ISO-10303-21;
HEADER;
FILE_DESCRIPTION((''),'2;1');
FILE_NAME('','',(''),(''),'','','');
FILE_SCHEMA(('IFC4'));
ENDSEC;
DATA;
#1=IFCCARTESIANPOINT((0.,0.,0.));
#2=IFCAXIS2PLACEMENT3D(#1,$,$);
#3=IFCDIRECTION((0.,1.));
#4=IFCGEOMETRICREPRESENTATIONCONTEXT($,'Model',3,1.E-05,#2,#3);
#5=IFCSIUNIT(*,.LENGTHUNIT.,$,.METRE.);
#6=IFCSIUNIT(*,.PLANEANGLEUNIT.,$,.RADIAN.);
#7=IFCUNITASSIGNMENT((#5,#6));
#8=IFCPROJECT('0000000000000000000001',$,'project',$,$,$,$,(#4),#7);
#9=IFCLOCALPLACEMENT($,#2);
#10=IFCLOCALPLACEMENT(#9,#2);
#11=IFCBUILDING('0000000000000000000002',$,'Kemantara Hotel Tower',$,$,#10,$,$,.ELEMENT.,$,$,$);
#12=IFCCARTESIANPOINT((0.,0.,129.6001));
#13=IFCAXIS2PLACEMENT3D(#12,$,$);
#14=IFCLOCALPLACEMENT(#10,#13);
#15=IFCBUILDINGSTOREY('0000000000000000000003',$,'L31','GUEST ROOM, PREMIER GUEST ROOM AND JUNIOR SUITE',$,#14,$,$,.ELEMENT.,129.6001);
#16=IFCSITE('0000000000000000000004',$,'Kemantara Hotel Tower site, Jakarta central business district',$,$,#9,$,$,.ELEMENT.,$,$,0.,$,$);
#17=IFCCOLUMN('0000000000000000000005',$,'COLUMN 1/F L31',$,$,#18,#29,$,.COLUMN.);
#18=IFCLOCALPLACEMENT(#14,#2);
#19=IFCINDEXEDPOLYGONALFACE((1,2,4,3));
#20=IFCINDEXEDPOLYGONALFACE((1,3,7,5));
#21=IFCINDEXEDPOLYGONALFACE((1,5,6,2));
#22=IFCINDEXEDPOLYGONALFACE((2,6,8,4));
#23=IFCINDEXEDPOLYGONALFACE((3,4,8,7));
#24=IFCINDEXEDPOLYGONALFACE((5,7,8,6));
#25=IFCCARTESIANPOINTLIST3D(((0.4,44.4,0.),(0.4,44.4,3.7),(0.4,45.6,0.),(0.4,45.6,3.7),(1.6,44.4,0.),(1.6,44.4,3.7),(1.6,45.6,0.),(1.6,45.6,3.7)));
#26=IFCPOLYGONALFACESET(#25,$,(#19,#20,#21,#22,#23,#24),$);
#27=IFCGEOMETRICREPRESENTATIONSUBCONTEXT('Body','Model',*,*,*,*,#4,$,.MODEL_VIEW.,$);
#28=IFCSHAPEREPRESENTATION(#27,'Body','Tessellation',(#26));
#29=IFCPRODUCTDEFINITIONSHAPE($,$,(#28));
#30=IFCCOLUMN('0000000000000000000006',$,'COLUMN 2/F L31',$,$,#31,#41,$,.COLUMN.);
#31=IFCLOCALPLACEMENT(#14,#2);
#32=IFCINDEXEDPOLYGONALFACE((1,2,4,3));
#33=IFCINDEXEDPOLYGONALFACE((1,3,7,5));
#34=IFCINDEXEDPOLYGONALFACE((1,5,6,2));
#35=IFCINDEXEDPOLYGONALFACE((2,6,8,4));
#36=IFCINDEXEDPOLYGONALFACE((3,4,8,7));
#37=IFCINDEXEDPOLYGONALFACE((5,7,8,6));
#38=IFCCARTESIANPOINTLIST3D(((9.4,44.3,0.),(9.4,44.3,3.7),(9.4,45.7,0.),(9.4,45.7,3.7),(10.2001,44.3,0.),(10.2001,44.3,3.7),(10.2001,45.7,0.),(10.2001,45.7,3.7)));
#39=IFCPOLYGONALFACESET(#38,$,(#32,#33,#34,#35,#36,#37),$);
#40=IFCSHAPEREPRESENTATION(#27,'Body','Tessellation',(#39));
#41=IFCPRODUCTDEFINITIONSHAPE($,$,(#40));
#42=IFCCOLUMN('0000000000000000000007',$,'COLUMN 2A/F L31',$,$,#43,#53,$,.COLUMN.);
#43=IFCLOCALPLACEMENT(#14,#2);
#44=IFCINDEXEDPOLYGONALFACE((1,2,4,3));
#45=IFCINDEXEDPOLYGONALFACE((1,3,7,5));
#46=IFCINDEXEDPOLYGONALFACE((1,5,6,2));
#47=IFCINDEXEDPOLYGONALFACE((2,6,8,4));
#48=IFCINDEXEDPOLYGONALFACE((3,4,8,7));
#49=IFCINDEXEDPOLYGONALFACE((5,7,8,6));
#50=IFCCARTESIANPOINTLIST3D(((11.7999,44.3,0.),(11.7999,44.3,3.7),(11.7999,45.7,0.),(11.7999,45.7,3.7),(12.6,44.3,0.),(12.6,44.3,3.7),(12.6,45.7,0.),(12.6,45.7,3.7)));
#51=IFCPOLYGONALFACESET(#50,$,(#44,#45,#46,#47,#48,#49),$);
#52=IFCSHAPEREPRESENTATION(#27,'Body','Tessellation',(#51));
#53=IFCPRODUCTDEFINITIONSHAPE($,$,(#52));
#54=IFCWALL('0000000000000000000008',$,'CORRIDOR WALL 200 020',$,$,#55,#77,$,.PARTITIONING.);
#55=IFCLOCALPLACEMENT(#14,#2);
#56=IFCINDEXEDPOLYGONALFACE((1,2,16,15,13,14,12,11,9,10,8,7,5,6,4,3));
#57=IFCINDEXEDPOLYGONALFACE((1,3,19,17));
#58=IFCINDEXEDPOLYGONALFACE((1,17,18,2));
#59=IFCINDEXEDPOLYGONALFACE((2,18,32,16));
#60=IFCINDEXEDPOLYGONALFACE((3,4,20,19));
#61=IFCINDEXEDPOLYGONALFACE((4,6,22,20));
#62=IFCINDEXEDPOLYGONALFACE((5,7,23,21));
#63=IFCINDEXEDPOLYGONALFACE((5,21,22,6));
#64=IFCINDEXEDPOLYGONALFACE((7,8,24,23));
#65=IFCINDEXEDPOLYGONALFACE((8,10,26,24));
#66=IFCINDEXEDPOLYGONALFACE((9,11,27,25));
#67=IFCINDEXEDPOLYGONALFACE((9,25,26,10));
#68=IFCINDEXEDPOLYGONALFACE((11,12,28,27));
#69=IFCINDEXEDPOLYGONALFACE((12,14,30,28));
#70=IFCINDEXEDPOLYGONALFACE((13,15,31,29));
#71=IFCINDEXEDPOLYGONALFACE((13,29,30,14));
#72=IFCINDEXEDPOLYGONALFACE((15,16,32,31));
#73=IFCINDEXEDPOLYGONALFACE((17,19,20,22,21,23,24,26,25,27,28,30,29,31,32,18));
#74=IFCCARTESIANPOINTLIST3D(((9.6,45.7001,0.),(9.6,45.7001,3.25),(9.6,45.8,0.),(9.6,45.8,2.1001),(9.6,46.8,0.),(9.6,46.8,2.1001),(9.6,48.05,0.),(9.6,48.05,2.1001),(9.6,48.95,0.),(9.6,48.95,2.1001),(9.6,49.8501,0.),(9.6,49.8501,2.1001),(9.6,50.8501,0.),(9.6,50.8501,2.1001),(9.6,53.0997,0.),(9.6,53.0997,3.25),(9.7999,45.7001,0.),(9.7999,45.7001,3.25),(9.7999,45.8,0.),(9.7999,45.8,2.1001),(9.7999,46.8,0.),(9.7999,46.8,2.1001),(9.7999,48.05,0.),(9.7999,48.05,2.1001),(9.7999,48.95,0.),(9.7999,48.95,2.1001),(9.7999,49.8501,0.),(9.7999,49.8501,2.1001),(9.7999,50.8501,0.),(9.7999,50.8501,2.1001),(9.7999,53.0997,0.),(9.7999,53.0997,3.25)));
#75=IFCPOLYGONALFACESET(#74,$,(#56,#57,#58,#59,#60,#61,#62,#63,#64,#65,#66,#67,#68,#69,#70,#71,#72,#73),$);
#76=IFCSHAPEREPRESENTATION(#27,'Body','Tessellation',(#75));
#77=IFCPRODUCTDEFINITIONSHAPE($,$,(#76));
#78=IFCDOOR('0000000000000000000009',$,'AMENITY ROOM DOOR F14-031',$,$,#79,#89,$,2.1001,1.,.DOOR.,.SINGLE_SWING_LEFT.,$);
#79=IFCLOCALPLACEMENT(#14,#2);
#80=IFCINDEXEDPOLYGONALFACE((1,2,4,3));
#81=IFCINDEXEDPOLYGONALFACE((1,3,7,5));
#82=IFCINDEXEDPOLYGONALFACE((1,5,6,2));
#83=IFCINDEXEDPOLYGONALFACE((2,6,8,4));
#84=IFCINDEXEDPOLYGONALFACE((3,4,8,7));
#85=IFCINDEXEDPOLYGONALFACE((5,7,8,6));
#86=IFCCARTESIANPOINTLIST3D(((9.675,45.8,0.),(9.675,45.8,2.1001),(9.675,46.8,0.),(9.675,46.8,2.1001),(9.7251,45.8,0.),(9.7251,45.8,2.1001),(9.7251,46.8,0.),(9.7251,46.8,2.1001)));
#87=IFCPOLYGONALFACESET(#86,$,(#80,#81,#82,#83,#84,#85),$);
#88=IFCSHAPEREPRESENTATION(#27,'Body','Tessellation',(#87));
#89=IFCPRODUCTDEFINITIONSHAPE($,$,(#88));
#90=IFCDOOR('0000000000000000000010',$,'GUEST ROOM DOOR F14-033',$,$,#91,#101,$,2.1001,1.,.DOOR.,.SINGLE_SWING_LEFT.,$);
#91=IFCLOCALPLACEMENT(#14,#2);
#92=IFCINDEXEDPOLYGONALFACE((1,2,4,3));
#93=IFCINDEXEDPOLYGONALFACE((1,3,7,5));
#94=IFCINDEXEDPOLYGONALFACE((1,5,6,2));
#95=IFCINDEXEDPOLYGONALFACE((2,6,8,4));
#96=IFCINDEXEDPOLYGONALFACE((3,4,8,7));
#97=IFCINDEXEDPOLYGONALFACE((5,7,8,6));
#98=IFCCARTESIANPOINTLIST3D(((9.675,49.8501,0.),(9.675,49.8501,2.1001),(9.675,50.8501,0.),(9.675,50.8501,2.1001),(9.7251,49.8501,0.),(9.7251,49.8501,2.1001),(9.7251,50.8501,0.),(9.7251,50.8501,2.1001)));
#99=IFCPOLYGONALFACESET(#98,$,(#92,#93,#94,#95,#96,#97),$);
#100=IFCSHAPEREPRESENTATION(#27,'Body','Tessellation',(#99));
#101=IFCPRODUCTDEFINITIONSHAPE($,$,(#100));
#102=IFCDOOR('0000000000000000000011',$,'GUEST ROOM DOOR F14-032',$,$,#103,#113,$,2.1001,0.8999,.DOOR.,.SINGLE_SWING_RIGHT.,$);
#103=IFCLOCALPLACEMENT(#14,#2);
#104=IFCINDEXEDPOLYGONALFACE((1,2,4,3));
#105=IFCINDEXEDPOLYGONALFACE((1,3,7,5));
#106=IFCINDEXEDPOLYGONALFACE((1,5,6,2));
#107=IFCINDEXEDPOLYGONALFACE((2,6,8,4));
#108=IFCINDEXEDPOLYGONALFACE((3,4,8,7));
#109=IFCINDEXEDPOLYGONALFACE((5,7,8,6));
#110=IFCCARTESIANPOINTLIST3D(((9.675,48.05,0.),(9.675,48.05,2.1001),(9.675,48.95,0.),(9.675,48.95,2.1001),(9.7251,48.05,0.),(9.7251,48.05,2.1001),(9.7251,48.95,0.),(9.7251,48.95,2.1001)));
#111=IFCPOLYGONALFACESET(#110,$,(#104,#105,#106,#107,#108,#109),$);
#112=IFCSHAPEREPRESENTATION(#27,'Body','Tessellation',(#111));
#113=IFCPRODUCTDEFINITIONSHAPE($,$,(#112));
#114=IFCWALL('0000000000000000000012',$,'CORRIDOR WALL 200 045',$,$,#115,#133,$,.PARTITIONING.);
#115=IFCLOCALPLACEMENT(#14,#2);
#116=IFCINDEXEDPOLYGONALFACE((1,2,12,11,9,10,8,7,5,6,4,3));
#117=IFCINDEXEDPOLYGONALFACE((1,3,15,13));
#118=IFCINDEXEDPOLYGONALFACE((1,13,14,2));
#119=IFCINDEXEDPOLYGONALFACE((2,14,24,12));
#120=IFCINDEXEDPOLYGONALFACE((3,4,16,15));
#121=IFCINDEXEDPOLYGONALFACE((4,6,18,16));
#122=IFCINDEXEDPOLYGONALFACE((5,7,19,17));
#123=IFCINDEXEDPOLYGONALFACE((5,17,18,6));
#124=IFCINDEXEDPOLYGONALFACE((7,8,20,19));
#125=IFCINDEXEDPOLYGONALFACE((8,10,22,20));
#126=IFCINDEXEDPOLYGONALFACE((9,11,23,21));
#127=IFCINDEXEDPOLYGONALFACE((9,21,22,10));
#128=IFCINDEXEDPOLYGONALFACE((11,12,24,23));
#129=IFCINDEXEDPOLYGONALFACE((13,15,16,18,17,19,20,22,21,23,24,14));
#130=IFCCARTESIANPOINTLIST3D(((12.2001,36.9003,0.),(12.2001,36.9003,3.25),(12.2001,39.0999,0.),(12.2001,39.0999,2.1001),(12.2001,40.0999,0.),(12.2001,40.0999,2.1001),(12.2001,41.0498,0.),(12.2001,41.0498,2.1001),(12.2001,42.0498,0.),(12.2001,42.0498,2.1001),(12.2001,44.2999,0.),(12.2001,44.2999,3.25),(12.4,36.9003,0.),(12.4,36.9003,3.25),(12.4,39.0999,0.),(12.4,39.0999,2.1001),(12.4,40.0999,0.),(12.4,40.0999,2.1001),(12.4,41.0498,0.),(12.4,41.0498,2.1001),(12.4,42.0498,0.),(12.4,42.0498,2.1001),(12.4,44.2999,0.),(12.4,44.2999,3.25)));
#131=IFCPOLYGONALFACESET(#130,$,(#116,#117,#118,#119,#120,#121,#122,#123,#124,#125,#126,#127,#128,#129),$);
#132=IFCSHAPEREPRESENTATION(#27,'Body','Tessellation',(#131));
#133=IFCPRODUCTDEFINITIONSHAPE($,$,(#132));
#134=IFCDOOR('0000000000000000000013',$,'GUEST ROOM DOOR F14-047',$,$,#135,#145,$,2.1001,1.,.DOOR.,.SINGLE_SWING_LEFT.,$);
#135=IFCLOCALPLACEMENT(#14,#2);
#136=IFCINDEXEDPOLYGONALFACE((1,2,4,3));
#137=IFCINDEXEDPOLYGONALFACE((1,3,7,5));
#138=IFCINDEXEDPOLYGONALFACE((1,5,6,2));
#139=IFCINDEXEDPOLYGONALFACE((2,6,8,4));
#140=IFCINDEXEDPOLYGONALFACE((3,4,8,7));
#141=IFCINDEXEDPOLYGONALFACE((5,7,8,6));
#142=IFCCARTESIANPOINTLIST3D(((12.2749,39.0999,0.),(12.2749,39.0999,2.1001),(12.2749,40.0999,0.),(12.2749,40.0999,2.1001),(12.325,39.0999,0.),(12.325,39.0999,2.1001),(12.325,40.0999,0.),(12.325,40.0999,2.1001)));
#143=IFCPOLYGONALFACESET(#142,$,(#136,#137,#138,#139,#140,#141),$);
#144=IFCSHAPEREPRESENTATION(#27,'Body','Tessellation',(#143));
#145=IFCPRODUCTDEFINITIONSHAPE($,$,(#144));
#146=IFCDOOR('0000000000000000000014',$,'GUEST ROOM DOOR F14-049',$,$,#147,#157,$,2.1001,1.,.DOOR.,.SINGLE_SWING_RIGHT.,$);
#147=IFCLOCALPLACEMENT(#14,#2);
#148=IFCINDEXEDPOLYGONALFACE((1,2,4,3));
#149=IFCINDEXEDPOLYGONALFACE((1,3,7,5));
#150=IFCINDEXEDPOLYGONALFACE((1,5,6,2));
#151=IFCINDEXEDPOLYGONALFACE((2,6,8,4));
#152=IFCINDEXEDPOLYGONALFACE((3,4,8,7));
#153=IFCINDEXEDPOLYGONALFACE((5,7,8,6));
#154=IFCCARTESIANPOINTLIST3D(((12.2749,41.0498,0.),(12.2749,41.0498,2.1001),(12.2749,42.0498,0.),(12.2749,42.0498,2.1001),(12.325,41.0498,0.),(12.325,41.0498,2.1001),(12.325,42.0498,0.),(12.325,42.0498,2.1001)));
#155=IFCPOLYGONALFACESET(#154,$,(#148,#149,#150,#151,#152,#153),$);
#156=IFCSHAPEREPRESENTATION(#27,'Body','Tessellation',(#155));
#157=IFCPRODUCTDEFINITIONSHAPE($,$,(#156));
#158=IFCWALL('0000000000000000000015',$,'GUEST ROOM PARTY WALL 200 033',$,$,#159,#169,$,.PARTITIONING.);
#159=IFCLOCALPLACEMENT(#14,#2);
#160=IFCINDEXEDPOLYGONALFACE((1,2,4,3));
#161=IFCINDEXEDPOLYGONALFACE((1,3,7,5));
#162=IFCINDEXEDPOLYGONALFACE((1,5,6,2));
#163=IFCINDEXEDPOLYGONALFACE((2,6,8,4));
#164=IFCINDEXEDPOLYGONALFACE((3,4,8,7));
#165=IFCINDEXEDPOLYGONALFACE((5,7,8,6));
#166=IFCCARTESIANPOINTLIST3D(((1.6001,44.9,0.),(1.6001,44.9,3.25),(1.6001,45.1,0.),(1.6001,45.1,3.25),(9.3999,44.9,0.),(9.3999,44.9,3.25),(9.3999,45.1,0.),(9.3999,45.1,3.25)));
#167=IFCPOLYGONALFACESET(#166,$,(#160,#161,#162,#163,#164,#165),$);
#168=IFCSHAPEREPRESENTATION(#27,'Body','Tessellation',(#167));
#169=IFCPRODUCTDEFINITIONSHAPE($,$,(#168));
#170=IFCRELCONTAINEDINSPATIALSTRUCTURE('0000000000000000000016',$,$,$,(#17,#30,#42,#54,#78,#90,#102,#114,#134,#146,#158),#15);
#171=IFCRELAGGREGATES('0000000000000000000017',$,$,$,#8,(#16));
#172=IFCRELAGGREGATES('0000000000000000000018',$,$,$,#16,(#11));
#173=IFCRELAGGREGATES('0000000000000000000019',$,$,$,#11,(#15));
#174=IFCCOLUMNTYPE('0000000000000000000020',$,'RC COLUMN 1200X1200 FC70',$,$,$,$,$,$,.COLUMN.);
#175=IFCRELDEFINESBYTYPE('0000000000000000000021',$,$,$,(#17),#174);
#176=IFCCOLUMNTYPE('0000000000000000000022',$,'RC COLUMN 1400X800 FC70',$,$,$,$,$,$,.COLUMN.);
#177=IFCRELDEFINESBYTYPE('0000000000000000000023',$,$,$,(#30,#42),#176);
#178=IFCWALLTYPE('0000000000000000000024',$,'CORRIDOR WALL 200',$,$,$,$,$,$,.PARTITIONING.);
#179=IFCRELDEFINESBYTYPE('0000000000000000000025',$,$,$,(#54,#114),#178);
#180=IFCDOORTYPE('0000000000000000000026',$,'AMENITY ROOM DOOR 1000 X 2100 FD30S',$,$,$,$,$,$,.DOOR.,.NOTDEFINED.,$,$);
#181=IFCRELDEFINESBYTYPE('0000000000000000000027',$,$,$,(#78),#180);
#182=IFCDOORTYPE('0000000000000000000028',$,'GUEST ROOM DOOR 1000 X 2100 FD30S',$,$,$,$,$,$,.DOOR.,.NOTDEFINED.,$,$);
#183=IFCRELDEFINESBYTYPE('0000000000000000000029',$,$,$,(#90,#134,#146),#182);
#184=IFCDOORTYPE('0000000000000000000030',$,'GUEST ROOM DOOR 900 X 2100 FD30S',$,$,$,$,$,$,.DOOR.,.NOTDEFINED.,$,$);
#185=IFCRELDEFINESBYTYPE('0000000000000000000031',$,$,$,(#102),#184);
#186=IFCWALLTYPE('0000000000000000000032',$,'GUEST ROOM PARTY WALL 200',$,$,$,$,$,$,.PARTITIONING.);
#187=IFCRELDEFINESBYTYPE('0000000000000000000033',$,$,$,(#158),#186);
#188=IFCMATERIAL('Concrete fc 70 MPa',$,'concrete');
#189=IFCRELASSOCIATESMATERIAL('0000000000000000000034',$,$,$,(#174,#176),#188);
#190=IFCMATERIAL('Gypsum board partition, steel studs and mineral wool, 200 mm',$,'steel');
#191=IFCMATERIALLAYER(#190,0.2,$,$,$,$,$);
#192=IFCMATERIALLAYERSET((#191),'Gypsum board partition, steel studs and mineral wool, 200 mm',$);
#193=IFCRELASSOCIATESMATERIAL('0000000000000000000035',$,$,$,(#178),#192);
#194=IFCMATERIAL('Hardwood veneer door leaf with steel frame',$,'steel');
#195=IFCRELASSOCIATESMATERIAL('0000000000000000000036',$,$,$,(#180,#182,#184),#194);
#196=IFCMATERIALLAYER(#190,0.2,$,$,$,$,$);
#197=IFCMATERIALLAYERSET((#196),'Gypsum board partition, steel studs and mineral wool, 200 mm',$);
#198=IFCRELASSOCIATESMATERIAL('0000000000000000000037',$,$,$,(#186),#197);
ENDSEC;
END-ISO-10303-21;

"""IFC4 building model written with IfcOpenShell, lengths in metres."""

from ifc_helpers import new_model, si_unit, direction, frame, frame_2d, origin, origin_2d, place, context, subcontext, project, spatial, rectangle, extrude, material, layer, layer_set, material_profile, profile_set, type_object, element, fill, save


model = new_model("IFC4")

# Units and contexts
model_context = context("Model", 3, precision=1e-05, world=origin(), true_north=direction((0.0, 1.0)))
body_context = subcontext(model_context, "Body", "Model", "MODEL_VIEW")
ifc_project = project(units=[si_unit("LENGTHUNIT", "METRE"), si_unit("PLANEANGLEUNIT", "RADIAN")], contexts=[model_context])

# Site, building, storey
site_placement = place(None, origin())
site = spatial("IfcSite", under=ifc_project, at=site_placement, Name="Kemantara Hotel Tower site, Jakarta central business district", CompositionType="ELEMENT", RefElevation=0.0)
building_placement = place(site_placement, origin())
building = spatial("IfcBuilding", under=site, at=building_placement, Name="Kemantara Hotel Tower", CompositionType="ELEMENT")
storey_placement = place(building_placement, frame((0.0, 0.0, 129.6001)))
storey = spatial("IfcBuildingStorey", under=building, at=storey_placement, Name="L31", Description="GUEST ROOM, PREMIER GUEST ROOM AND JUNIOR SUITE", CompositionType="ELEMENT", Elevation=129.6001)

# Columns
ifc_material_1 = material(Name="Concrete fc 70 MPa", Category="concrete")
ifc_material_profile_1 = material_profile(ifc_material_1, rectangle(XDim=1.2, YDim=1.2, at=origin_2d()), Name="RC 1200X1200")
ifc_profile_set_1 = profile_set([ifc_material_profile_1], Name="Concrete fc 70 MPa")
column_type_1 = type_object("IfcColumnType", Name="RC COLUMN 1200X1200 FC70", PredefinedType="COLUMN", material=ifc_profile_set_1)
column_placement = place(storey_placement, frame((1.0, 45.0, 0.0), z_axis=(0.0, 0.0, 1.0), x_axis=(1.0, 0.0, 0.0)))
element("IfcColumn", 1, at=column_placement, inside=storey, type_object=column_type_1, Name="COLUMN 1/F L31", PredefinedType="COLUMN", context=body_context, shape_type="SweptSolid", body=[
    extrude(rectangle(XDim=1.2, YDim=1.2, at=origin_2d()), origin(), (0.0, 0.0, 1.0), 3.7),
])
ifc_material_profile_2 = material_profile(ifc_material_1, rectangle(XDim=1.3999, YDim=0.8, at=origin_2d()), Name="RC 1400X800")
ifc_profile_set_2 = profile_set([ifc_material_profile_2], Name="Concrete fc 70 MPa")
column_type_2 = type_object("IfcColumnType", Name="RC COLUMN 1400X800 FC70", PredefinedType="COLUMN", material=ifc_profile_set_2)
for number, where, z_axis, x_axis, name in (
    (2, (9.8, 45.0, 0.0), (0.0, 0.0, 1.0), (0.0, 1.0, 0.0), "COLUMN 2/F L31"),
    (3, (12.2, 45.0, 0.0), (0.0, 0.0, 1.0), (0.0, 1.0, 0.0), "COLUMN 2A/F L31"),
):
    element("IfcColumn", number, at=place(storey_placement, frame(where, z_axis=z_axis, x_axis=x_axis)), inside=storey, type_object=column_type_2, Name=name, PredefinedType="COLUMN", context=body_context, shape_type="SweptSolid", body=[
        extrude(rectangle(XDim=1.3999, YDim=0.8, at=origin_2d()), origin(), (0.0, 0.0, 1.0), 3.7),
    ])

# Walls, openings, doors
ifc_material_2 = material(Name="Gypsum board partition, steel studs and mineral wool, 200 mm", Category="steel")
ifc_layer_1 = layer(ifc_material_2, 0.2)
ifc_layer_set_1 = layer_set([ifc_layer_1], Name="Gypsum board partition, steel studs and mineral wool, 200 mm")
wall_type_1 = type_object("IfcWallType", Name="CORRIDOR WALL 200", PredefinedType="PARTITIONING", material=ifc_layer_set_1)
wall_1_placement = place(storey_placement, frame((9.7, 45.7002, 0.0), z_axis=(0.0, 0.0, 1.0), x_axis=(0.0, 1.0, 0.0)))
wall_1 = element("IfcWall", 4, at=wall_1_placement, inside=storey, type_object=wall_type_1, Name="CORRIDOR WALL 200 020", PredefinedType="PARTITIONING", context=body_context, shape_type="SweptSolid", body=[
    extrude(rectangle(XDim=7.3997, YDim=0.2, at=frame_2d((3.6997, 0.0))), origin(), (0.0, 0.0, 1.0), 3.25),
])
opening_1_placement = place(wall_1_placement, frame((0.0999, 0.0, 0.0)))
opening_1 = element("IfcOpeningElement", 5, at=opening_1_placement, cuts=wall_1, PredefinedType="OPENING", context=body_context, shape_type="SweptSolid", body=[
    extrude(rectangle(XDim=1.0, YDim=2.1001, at=frame_2d((0.5, 1.05))), frame((0.0, 0.1099, 0.0), z_axis=(0.0, -1.0, 0.0), x_axis=(1.0, 0.0, 0.0)), (0.0, 0.0, 1.0), 0.22),
])
opening_2_placement = place(wall_1_placement, frame((2.3499, 0.0, 0.0)))
opening_2 = element("IfcOpeningElement", 6, at=opening_2_placement, cuts=wall_1, PredefinedType="OPENING", context=body_context, shape_type="SweptSolid", body=[
    extrude(rectangle(XDim=0.8999, YDim=2.1001, at=frame_2d((0.45, 1.05))), frame((0.0, 0.1099, 0.0), z_axis=(0.0, -1.0, 0.0), x_axis=(1.0, 0.0, 0.0)), (0.0, 0.0, 1.0), 0.22),
])
opening_3_placement = place(wall_1_placement, frame((4.1499, 0.0, 0.0)))
opening_3 = element("IfcOpeningElement", 7, at=opening_3_placement, cuts=wall_1, PredefinedType="OPENING", context=body_context, shape_type="SweptSolid", body=[
    extrude(rectangle(XDim=1.0, YDim=2.1001, at=frame_2d((0.5, 1.05))), frame((0.0, 0.1099, 0.0), z_axis=(0.0, -1.0, 0.0), x_axis=(1.0, 0.0, 0.0)), (0.0, 0.0, 1.0), 0.22),
])
ifc_material_3 = material(Name="Hardwood veneer door leaf with steel frame", Category="steel")
door_type_1 = type_object("IfcDoorType", Name="AMENITY ROOM DOOR 1000 X 2100 FD30S", OperationType="NOTDEFINED", PredefinedType="DOOR", material=ifc_material_3)
door_1_placement = place(opening_1_placement, origin())
door_1 = element("IfcDoor", 8, at=door_1_placement, inside=storey, type_object=door_type_1, Name="AMENITY ROOM DOOR F14-031", OperationType="SINGLE_SWING_LEFT", OverallHeight=2.1001, OverallWidth=1.0, PredefinedType="DOOR", context=body_context, shape_type="SweptSolid", body=[
    extrude(rectangle(XDim=1.0, YDim=2.1001, at=frame_2d((0.5, 1.05))), frame((0.0, 0.0249, 0.0), z_axis=(0.0, -1.0, 0.0), x_axis=(1.0, 0.0, 0.0)), (0.0, 0.0, 1.0), 0.05),
])
fill(opening_1, door_1)
door_type_2 = type_object("IfcDoorType", Name="GUEST ROOM DOOR 1000 X 2100 FD30S", OperationType="NOTDEFINED", PredefinedType="DOOR", material=ifc_material_3)
door_2_placement = place(opening_3_placement, origin())
door_2 = element("IfcDoor", 9, at=door_2_placement, inside=storey, type_object=door_type_2, Name="GUEST ROOM DOOR F14-033", OperationType="SINGLE_SWING_LEFT", OverallHeight=2.1001, OverallWidth=1.0, PredefinedType="DOOR", context=body_context, shape_type="SweptSolid", body=[
    extrude(rectangle(XDim=1.0, YDim=2.1001, at=frame_2d((0.5, 1.05))), frame((0.0, 0.0249, 0.0), z_axis=(0.0, -1.0, 0.0), x_axis=(1.0, 0.0, 0.0)), (0.0, 0.0, 1.0), 0.05),
])
fill(opening_3, door_2)
door_type_3 = type_object("IfcDoorType", Name="GUEST ROOM DOOR 900 X 2100 FD30S", OperationType="NOTDEFINED", PredefinedType="DOOR", material=ifc_material_3)
door_3_placement = place(opening_2_placement, origin())
door_3 = element("IfcDoor", 10, at=door_3_placement, inside=storey, type_object=door_type_3, Name="GUEST ROOM DOOR F14-032", OperationType="SINGLE_SWING_RIGHT", OverallHeight=2.1001, OverallWidth=0.8999, PredefinedType="DOOR", context=body_context, shape_type="SweptSolid", body=[
    extrude(rectangle(XDim=0.8999, YDim=2.1001, at=frame_2d((0.45, 1.05))), frame((0.0, 0.0249, 0.0), z_axis=(0.0, -1.0, 0.0), x_axis=(1.0, 0.0, 0.0)), (0.0, 0.0, 1.0), 0.05),
])
fill(opening_2, door_3)
wall_2_placement = place(storey_placement, frame((12.3, 44.2998, 0.0), z_axis=(0.0, 0.0, 1.0), x_axis=(0.0, -1.0, 0.0)))
wall_2 = element("IfcWall", 11, at=wall_2_placement, inside=storey, type_object=wall_type_1, Name="CORRIDOR WALL 200 045", PredefinedType="PARTITIONING", context=body_context, shape_type="SweptSolid", body=[
    extrude(rectangle(XDim=7.3997, YDim=0.2, at=frame_2d((3.6997, 0.0))), origin(), (0.0, 0.0, 1.0), 3.25),
])
opening_4_placement = place(wall_2_placement, frame((4.2, 0.0, 0.0)))
opening_4 = element("IfcOpeningElement", 12, at=opening_4_placement, cuts=wall_2, PredefinedType="OPENING", context=body_context, shape_type="SweptSolid", body=[
    extrude(rectangle(XDim=1.0, YDim=2.1001, at=frame_2d((0.5, 1.05))), frame((0.0, 0.1099, 0.0), z_axis=(0.0, -1.0, 0.0), x_axis=(1.0, 0.0, 0.0)), (0.0, 0.0, 1.0), 0.22),
])
opening_5_placement = place(wall_2_placement, frame((2.25, 0.0, 0.0)))
opening_5 = element("IfcOpeningElement", 13, at=opening_5_placement, cuts=wall_2, PredefinedType="OPENING", context=body_context, shape_type="SweptSolid", body=[
    extrude(rectangle(XDim=1.0, YDim=2.1001, at=frame_2d((0.5, 1.05))), frame((0.0, 0.1099, 0.0), z_axis=(0.0, -1.0, 0.0), x_axis=(1.0, 0.0, 0.0)), (0.0, 0.0, 1.0), 0.22),
])
door_4_placement = place(opening_4_placement, origin())
door_4 = element("IfcDoor", 14, at=door_4_placement, inside=storey, type_object=door_type_2, Name="GUEST ROOM DOOR F14-047", OperationType="SINGLE_SWING_LEFT", OverallHeight=2.1001, OverallWidth=1.0, PredefinedType="DOOR", context=body_context, shape_type="SweptSolid", body=[
    extrude(rectangle(XDim=1.0, YDim=2.1001, at=frame_2d((0.5, 1.05))), frame((0.0, 0.0249, 0.0), z_axis=(0.0, -1.0, 0.0), x_axis=(1.0, 0.0, 0.0)), (0.0, 0.0, 1.0), 0.05),
])
fill(opening_4, door_4)
door_5_placement = place(opening_5_placement, origin())
door_5 = element("IfcDoor", 15, at=door_5_placement, inside=storey, type_object=door_type_2, Name="GUEST ROOM DOOR F14-049", OperationType="SINGLE_SWING_RIGHT", OverallHeight=2.1001, OverallWidth=1.0, PredefinedType="DOOR", context=body_context, shape_type="SweptSolid", body=[
    extrude(rectangle(XDim=1.0, YDim=2.1001, at=frame_2d((0.5, 1.05))), frame((0.0, 0.0249, 0.0), z_axis=(0.0, -1.0, 0.0), x_axis=(1.0, 0.0, 0.0)), (0.0, 0.0, 1.0), 0.05),
])
fill(opening_5, door_5)

# Wall
ifc_layer_2 = layer(ifc_material_2, 0.2)
ifc_layer_set_2 = layer_set([ifc_layer_2], Name="Gypsum board partition, steel studs and mineral wool, 200 mm")
wall_type_2 = type_object("IfcWallType", Name="GUEST ROOM PARTY WALL 200", PredefinedType="PARTITIONING", material=ifc_layer_set_2)
wall_3_placement = place(storey_placement, frame((1.6001, 45.0, 0.0), z_axis=(0.0, 0.0, 1.0), x_axis=(1.0, 0.0, 0.0)))
element("IfcWall", 16, at=wall_3_placement, inside=storey, type_object=wall_type_2, Name="GUEST ROOM PARTY WALL 200 033", PredefinedType="PARTITIONING", context=body_context, shape_type="SweptSolid", body=[
    extrude(rectangle(XDim=7.7998, YDim=0.2, at=frame_2d((3.8999, 0.0))), origin(), (0.0, 0.0, 1.0), 3.25),
])

save(model, "model.ifc")
